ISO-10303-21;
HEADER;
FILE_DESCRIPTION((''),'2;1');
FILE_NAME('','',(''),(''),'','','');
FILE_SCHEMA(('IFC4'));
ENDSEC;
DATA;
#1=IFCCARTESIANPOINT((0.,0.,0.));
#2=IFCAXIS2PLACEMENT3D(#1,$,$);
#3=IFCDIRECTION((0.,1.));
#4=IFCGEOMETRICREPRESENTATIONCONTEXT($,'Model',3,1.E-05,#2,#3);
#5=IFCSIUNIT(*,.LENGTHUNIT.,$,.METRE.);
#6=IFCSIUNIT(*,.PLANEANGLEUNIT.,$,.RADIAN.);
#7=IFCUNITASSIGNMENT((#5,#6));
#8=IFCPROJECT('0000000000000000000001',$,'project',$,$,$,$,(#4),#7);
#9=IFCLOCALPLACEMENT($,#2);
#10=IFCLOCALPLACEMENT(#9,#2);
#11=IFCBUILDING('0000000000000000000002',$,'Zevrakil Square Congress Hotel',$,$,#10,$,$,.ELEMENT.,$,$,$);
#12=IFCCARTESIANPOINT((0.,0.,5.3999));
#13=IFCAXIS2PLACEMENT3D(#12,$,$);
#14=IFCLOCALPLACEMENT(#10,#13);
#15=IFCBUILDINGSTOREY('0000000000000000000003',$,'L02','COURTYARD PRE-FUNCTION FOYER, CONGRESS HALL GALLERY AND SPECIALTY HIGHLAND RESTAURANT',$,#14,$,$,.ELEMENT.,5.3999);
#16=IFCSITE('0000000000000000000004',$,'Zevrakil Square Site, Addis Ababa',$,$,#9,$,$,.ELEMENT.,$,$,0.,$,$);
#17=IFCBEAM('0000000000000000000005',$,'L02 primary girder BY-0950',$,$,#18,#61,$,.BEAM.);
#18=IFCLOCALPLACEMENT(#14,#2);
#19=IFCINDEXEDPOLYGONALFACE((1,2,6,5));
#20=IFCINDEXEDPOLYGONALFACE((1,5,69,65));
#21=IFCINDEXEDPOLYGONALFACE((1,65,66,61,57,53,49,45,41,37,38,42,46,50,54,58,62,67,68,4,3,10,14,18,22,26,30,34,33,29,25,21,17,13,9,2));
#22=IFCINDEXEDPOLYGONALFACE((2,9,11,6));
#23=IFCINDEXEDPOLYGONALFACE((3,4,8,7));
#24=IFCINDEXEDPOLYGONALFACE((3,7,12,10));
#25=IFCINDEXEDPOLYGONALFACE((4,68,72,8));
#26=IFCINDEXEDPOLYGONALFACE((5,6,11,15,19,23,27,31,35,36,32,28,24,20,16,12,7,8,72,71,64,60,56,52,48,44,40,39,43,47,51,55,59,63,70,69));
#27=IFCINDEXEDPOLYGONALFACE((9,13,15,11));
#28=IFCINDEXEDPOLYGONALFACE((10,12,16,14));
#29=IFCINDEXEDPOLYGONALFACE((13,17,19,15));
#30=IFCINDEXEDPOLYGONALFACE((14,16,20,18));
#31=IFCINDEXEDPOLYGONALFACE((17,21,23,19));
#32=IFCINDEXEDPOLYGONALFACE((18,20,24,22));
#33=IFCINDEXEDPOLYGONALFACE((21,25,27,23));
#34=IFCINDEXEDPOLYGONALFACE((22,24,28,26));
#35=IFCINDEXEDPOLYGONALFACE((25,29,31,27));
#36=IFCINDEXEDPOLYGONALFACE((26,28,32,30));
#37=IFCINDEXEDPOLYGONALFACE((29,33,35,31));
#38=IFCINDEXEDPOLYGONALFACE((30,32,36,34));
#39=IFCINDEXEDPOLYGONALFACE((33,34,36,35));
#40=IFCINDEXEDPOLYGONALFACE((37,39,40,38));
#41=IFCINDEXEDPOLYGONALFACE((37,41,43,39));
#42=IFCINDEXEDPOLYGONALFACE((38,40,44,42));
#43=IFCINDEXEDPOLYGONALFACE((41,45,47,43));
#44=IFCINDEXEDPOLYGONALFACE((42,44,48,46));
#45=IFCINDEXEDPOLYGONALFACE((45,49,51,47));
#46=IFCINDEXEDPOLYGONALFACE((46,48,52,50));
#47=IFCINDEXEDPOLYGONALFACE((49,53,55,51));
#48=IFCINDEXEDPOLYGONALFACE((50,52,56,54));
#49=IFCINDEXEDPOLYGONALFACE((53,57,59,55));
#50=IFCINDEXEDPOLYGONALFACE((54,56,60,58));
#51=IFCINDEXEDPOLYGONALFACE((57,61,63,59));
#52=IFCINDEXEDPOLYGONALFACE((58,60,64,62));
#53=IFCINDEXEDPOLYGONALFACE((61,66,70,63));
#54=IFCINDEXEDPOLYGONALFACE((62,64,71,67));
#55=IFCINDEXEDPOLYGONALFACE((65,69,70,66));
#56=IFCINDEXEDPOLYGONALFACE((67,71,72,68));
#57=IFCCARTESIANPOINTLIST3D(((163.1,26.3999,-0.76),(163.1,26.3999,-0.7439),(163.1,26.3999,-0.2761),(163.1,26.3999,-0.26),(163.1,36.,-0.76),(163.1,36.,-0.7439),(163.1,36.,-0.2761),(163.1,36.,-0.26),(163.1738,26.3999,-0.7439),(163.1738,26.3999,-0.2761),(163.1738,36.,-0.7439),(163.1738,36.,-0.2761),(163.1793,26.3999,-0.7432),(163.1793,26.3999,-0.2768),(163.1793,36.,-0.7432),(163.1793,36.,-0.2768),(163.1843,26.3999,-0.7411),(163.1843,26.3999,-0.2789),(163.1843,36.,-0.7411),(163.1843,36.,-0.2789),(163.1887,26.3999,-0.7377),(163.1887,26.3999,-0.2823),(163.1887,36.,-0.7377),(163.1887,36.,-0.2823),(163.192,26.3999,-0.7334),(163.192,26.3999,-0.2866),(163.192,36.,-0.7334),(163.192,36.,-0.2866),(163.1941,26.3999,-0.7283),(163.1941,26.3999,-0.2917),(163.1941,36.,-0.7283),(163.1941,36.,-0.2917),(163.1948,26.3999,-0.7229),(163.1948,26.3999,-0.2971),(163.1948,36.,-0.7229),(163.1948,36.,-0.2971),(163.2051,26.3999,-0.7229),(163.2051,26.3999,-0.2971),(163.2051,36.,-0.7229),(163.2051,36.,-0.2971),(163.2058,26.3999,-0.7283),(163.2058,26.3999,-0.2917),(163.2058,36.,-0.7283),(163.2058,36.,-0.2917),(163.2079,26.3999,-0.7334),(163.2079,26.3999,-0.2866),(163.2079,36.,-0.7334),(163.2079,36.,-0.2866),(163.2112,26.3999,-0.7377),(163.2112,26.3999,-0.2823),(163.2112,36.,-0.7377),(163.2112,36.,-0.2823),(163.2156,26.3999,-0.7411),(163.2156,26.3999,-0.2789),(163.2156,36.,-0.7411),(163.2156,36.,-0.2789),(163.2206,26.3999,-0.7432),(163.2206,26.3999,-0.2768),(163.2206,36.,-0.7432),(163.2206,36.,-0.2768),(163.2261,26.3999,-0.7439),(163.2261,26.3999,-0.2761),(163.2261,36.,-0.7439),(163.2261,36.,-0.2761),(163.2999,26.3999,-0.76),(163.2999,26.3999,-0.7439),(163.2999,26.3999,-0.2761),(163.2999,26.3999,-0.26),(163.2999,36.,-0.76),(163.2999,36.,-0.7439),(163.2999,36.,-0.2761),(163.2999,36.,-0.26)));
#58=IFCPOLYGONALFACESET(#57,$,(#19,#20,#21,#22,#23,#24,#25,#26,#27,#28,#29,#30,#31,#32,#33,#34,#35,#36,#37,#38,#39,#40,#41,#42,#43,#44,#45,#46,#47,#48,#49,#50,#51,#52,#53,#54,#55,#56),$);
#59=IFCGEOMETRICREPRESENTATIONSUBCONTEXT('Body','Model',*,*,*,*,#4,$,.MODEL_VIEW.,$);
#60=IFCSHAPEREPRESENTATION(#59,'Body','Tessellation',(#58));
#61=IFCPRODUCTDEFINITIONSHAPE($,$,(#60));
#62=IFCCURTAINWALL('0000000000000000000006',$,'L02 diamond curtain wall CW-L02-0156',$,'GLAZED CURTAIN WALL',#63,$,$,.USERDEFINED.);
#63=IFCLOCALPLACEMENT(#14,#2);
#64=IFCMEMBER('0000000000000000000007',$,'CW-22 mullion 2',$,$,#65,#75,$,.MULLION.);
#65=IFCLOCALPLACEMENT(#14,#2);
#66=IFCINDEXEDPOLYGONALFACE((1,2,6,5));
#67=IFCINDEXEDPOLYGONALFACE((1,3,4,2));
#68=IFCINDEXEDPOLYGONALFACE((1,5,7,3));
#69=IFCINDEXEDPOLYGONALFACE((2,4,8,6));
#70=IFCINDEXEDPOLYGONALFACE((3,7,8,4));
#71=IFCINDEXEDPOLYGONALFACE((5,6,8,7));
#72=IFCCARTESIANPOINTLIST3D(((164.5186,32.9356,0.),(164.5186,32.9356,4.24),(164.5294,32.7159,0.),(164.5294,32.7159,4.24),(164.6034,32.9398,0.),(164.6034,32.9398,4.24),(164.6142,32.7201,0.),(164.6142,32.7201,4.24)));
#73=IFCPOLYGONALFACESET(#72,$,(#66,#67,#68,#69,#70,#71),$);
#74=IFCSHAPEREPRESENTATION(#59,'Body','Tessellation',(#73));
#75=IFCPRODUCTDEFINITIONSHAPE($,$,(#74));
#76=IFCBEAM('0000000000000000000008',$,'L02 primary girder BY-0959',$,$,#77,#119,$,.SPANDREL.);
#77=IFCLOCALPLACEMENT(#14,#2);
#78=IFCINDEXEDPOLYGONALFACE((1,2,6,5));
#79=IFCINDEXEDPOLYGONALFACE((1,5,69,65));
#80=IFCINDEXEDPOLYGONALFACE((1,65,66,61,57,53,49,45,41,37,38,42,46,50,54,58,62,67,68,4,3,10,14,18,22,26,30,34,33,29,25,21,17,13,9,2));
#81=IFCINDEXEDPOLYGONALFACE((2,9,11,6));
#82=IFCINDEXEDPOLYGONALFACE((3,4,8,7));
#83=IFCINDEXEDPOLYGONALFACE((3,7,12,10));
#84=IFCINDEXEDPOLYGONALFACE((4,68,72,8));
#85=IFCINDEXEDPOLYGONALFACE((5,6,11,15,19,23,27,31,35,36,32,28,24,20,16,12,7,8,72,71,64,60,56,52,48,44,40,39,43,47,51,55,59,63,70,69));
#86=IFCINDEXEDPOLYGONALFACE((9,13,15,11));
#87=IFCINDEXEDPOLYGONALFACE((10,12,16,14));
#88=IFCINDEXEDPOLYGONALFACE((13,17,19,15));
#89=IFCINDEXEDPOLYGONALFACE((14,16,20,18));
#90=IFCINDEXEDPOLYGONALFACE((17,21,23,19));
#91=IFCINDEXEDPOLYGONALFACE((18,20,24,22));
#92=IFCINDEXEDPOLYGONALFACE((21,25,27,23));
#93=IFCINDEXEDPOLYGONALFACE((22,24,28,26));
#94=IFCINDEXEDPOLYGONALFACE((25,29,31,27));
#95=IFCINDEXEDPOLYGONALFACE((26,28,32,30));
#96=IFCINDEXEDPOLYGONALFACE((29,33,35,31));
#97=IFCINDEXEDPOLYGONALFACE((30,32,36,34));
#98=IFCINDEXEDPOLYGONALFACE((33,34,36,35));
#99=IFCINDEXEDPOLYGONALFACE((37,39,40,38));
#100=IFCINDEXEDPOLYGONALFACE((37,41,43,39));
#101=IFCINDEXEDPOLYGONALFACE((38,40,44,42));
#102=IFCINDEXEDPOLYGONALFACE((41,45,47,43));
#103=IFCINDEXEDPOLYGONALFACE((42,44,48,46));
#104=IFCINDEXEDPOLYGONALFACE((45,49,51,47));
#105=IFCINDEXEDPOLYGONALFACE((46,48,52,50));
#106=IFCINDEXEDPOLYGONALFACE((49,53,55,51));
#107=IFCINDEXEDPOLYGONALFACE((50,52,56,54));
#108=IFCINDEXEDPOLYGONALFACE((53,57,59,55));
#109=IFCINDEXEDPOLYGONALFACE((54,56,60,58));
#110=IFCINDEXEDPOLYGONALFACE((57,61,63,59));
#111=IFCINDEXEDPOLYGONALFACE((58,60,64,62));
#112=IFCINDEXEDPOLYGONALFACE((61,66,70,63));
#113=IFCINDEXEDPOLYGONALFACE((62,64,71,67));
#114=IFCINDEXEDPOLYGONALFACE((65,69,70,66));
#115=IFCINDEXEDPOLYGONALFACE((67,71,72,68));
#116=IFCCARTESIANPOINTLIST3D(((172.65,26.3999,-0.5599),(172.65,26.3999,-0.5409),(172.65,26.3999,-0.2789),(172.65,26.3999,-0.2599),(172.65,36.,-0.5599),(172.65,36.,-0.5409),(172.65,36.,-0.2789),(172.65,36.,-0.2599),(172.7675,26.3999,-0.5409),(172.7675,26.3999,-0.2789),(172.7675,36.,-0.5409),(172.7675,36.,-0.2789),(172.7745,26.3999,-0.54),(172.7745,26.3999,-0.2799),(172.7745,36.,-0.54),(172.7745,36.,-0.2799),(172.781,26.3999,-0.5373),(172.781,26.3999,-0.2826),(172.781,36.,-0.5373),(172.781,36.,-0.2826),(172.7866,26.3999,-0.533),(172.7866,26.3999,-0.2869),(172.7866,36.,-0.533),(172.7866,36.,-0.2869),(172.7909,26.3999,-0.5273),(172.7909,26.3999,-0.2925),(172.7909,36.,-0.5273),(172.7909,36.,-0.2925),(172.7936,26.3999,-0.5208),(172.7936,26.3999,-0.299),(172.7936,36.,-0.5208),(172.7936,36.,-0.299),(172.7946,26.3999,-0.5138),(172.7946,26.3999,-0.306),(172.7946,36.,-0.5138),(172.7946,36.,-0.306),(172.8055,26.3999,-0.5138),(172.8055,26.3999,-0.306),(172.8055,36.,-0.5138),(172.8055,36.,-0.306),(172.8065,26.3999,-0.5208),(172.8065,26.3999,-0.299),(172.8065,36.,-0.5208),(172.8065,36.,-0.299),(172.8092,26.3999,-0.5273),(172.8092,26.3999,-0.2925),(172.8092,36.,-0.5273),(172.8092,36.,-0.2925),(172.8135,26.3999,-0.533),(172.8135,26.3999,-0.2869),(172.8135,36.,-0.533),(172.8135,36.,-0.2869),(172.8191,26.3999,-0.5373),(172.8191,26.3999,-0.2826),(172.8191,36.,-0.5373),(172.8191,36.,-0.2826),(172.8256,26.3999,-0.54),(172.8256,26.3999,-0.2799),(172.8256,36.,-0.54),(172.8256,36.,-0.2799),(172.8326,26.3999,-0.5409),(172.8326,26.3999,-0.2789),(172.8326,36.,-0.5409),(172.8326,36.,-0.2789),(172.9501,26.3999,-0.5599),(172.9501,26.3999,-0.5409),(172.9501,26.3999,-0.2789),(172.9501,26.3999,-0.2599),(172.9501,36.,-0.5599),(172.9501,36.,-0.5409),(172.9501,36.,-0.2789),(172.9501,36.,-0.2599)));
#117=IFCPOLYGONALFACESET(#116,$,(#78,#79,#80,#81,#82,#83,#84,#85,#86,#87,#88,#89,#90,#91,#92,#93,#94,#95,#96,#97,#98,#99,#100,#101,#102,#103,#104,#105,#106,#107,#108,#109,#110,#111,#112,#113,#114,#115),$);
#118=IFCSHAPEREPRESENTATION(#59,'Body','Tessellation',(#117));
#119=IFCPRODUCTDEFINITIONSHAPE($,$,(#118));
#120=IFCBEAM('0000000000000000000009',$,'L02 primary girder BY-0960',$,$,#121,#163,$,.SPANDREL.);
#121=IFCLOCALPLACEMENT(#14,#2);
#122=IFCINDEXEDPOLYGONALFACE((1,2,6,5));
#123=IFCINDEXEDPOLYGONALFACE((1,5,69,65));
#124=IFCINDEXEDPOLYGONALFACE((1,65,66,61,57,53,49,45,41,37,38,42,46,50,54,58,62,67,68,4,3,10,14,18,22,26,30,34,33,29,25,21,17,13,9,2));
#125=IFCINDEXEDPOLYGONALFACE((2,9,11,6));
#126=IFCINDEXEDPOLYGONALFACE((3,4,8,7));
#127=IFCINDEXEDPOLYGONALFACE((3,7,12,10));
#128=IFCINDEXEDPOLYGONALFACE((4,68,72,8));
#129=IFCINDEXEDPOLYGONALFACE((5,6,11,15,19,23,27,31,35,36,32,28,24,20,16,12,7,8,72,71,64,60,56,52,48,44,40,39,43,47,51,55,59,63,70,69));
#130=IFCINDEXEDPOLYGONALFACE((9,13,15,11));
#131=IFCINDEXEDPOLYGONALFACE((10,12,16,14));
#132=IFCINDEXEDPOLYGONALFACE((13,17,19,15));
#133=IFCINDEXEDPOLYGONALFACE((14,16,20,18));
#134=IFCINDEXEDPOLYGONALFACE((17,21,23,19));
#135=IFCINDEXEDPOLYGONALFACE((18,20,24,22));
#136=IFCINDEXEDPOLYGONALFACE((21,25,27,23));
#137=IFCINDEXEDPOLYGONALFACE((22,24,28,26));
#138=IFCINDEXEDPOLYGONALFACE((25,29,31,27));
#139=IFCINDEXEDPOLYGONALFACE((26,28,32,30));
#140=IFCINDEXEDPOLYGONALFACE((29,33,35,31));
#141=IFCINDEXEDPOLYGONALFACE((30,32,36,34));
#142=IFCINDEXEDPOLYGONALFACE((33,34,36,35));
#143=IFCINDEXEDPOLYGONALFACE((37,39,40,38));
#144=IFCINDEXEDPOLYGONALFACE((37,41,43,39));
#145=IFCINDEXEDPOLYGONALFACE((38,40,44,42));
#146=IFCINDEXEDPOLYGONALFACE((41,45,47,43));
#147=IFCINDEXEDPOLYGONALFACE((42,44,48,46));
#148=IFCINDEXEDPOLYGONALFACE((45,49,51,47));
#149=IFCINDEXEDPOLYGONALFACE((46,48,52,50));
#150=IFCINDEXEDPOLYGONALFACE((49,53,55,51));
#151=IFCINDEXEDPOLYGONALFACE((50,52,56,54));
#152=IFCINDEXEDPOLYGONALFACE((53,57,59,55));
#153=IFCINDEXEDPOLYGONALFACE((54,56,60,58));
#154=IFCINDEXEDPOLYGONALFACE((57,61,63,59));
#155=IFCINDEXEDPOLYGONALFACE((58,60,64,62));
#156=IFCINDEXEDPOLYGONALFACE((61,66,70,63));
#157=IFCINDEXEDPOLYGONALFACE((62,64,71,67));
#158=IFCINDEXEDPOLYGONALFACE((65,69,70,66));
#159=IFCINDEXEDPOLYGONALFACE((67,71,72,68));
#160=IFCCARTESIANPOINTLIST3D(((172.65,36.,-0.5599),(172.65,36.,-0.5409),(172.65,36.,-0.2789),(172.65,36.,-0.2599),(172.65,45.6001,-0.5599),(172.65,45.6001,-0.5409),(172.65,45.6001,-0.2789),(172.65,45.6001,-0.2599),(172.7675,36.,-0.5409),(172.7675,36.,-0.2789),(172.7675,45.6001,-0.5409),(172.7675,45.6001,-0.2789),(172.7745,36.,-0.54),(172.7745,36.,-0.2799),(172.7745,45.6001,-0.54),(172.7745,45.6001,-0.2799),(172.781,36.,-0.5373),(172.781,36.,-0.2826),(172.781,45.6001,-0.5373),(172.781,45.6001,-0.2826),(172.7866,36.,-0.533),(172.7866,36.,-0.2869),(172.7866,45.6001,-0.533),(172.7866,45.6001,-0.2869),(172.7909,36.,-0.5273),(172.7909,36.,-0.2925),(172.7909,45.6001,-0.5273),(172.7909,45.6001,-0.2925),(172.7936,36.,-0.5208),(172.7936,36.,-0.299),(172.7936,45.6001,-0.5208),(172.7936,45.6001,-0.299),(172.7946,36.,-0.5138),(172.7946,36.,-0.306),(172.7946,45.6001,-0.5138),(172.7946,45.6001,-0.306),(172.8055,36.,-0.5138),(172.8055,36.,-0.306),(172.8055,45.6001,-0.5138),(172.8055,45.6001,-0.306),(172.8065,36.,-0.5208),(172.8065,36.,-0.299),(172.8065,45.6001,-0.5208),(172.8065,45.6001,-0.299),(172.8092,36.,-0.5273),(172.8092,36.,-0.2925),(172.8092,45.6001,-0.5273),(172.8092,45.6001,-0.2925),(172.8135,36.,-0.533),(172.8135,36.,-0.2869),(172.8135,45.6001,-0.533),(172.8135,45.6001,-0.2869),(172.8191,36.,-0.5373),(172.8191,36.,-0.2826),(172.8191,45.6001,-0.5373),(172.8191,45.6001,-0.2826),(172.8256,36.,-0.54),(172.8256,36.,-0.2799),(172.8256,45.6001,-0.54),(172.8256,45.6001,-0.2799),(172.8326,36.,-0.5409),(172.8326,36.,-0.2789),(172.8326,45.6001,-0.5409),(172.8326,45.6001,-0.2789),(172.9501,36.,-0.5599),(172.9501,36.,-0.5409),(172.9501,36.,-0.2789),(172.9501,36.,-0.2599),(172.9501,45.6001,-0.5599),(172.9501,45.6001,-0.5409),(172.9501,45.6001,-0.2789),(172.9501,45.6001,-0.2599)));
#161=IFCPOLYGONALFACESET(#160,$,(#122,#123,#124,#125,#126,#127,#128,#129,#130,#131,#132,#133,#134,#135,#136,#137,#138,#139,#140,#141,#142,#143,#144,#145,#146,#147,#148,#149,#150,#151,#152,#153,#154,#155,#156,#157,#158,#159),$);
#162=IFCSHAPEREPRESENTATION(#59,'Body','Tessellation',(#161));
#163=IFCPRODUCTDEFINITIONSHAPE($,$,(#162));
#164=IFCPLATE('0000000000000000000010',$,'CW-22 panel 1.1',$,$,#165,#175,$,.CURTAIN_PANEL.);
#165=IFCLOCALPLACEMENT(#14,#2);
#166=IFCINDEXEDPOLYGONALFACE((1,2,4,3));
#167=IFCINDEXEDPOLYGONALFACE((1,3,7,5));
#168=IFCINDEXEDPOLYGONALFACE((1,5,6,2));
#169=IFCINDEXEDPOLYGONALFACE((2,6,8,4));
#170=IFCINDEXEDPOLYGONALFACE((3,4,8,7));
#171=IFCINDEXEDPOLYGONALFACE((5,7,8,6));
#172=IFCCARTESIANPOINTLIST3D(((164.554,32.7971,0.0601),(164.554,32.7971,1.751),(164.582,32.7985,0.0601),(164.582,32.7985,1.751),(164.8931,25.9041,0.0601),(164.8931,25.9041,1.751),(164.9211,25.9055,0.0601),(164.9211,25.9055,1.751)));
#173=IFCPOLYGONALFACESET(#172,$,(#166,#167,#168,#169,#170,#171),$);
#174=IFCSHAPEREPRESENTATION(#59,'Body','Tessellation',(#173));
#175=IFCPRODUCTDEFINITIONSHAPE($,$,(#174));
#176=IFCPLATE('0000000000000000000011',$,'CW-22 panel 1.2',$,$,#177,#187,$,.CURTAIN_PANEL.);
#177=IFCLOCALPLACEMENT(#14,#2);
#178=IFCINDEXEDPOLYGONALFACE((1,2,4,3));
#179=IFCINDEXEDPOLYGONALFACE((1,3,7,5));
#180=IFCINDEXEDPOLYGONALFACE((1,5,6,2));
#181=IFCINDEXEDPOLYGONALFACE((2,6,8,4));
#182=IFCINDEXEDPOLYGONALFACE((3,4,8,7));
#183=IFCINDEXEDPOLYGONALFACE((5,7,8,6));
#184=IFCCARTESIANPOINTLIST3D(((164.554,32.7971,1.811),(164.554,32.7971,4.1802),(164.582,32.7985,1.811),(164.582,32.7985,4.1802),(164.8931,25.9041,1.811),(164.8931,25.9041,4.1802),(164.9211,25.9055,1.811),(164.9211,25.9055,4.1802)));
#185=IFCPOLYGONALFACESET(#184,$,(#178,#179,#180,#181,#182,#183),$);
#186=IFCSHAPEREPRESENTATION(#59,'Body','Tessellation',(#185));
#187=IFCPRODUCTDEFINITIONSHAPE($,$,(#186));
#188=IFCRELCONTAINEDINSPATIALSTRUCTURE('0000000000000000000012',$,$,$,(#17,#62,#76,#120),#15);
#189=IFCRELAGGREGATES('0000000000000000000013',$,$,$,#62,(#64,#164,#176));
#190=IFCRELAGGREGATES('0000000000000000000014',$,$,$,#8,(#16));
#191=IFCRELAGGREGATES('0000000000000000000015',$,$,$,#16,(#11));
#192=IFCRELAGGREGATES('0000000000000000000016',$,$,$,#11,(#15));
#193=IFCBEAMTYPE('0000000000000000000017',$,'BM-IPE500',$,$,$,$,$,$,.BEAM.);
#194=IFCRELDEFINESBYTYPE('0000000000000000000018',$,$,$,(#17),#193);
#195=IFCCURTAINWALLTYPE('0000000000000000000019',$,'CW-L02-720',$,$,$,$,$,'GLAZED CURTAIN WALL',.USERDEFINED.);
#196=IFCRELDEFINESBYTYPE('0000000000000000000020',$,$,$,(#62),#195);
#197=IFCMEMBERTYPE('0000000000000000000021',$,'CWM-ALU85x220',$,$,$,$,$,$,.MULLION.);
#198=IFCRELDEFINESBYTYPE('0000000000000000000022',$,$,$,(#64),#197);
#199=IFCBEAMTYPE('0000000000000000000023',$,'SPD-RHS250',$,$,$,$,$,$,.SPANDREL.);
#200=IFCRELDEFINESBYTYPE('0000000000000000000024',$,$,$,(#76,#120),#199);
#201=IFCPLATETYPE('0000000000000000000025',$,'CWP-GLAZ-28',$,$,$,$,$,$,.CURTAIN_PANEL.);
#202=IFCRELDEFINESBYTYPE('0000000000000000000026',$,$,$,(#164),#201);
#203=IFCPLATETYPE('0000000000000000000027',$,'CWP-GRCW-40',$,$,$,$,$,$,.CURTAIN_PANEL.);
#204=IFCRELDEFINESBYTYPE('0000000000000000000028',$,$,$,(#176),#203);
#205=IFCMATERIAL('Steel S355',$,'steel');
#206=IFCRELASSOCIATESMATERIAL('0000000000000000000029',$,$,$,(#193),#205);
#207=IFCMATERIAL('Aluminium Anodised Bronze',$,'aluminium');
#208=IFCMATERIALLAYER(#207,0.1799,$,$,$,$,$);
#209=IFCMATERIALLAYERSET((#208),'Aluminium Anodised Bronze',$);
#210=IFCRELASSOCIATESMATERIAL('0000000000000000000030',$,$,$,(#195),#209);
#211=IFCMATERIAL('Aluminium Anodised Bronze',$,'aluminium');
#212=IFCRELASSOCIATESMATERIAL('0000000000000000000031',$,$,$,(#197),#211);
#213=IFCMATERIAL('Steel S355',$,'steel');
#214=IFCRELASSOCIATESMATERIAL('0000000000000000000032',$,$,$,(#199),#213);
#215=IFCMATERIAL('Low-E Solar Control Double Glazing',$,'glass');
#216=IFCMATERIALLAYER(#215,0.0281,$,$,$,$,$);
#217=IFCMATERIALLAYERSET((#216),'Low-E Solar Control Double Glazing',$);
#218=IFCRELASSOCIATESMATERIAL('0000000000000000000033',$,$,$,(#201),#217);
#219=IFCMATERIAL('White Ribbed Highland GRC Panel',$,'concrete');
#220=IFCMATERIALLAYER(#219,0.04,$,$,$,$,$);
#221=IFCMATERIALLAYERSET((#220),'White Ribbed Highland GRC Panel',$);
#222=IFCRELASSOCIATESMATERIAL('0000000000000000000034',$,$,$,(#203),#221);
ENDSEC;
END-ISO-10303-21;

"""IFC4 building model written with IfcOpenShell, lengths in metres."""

from ifc_helpers import new_model, si_unit, direction, frame, origin, origin_2d, place, context, subcontext, project, spatial, rectangle, i_section, extrude, material, layer, layer_set, material_profile, profile_set, type_object, element, aggregate, save


model = new_model("IFC4")

# Units and contexts
model_context = context("Model", 3, precision=1e-05, world=origin(), true_north=direction((0.0, 1.0)))
body_context = subcontext(model_context, "Body", "Model", "MODEL_VIEW")
ifc_project = project(units=[si_unit("LENGTHUNIT", "METRE"), si_unit("PLANEANGLEUNIT", "RADIAN")], contexts=[model_context])

# Site, building, storey
site_placement = place(None, origin())
site = spatial("IfcSite", under=ifc_project, at=site_placement, Name="Zevrakil Square Site, Addis Ababa", CompositionType="ELEMENT", RefElevation=0.0)
building_placement = place(site_placement, origin())
building = spatial("IfcBuilding", under=site, at=building_placement, Name="Zevrakil Square Congress Hotel", CompositionType="ELEMENT")
storey_placement = place(building_placement, frame((0.0, 0.0, 5.3999)))
storey = spatial("IfcBuildingStorey", under=building, at=storey_placement, Name="L02", Description="COURTYARD PRE-FUNCTION FOYER, CONGRESS HALL GALLERY AND SPECIALTY HIGHLAND RESTAURANT", CompositionType="ELEMENT", Elevation=5.3999)

# Beam
ifc_material_1 = material(Name="Steel S355", Category="steel")
ifc_material_profile_1 = material_profile(ifc_material_1, i_section(OverallWidth=0.2, OverallDepth=0.5, WebThickness=0.0103, FlangeThickness=0.0161, FilletRadius=0.021, at=origin_2d()), Name="IPE 500")
ifc_profile_set_1 = profile_set([ifc_material_profile_1], Name="Steel S355")
beam_type_1 = type_object("IfcBeamType", Name="BM-IPE500", PredefinedType="BEAM", material=ifc_profile_set_1)
for number, where, z_axis, x_axis, name in (
    (1, (163.2, 26.3999, -0.51), (0.0, 1.0, 0.0), (-1.0, 0.0, 0.0), "L02 primary girder BY-0950"),
):
    element("IfcBeam", number, at=place(storey_placement, frame(where, z_axis=z_axis, x_axis=x_axis)), inside=storey, type_object=beam_type_1, Name=name, PredefinedType="BEAM", context=body_context, shape_type="SweptSolid", body=[
        extrude(i_section(OverallWidth=0.2, OverallDepth=0.5, WebThickness=0.0103, FlangeThickness=0.0161, FilletRadius=0.021, at=origin_2d()), origin(), (0.0, 0.0, 1.0), 9.6001),
    ])

# Curtain wall, member
ifc_material_2 = material(Name="Aluminium Anodised Bronze", Category="aluminium")
ifc_layer_1 = layer(ifc_material_2, 0.1799)
ifc_layer_set_1 = layer_set([ifc_layer_1], Name="Aluminium Anodised Bronze")
curtain_wall_type = type_object("IfcCurtainWallType", Name="CW-L02-720", ElementType="GLAZED CURTAIN WALL", PredefinedType="USERDEFINED", material=ifc_layer_set_1)
curtain_wall_placement = place(storey_placement, origin())
curtain_wall = element("IfcCurtainWall", 2, at=curtain_wall_placement, inside=storey, type_object=curtain_wall_type, Name="L02 diamond curtain wall CW-L02-0156", ObjectType="GLAZED CURTAIN WALL", PredefinedType="USERDEFINED")
ifc_material_3 = material(Name="Aluminium Anodised Bronze", Category="aluminium")
ifc_material_profile_2 = material_profile(ifc_material_3, rectangle(XDim=0.085, YDim=0.22, at=origin_2d()), Name="ALU 85x220")
ifc_profile_set_2 = profile_set([ifc_material_profile_2], Name="Aluminium Anodised Bronze")
member_type = type_object("IfcMemberType", Name="CWM-ALU85x220", PredefinedType="MULLION", material=ifc_profile_set_2)
member_placement = place(storey_placement, frame((164.5664, 32.8279, 0.0), z_axis=(0.0, 0.0, 1.0), x_axis=(-0.998792, -0.049136, 0.0)))
member = element("IfcMember", 3, at=member_placement, type_object=member_type, Name="CW-22 mullion 2", PredefinedType="MULLION", context=body_context, shape_type="SweptSolid", body=[
    extrude(rectangle(XDim=0.085, YDim=0.22, at=origin_2d()), origin(), (0.0, 0.0, 1.0), 4.24),
])

# Beams
ifc_material_4 = material(Name="Steel S355", Category="steel")
ifc_material_profile_3 = material_profile(ifc_material_4, i_section(OverallWidth=0.3, OverallDepth=0.3, WebThickness=0.011, FlangeThickness=0.019, FilletRadius=0.0271, at=origin_2d()), Name="HEB 300")
ifc_profile_set_3 = profile_set([ifc_material_profile_3], Name="Steel S355")
beam_type_2 = type_object("IfcBeamType", Name="SPD-RHS250", PredefinedType="SPANDREL", material=ifc_profile_set_3)
for number, where, z_axis, x_axis, name in (
    (4, (172.8, 26.3999, -0.4099), (0.0, 1.0, 0.0), (-1.0, 0.0, 0.0), "L02 primary girder BY-0959"),
    (5, (172.8, 36.0, -0.4099), (0.0, 1.0, 0.0), (-1.0, 0.0, 0.0), "L02 primary girder BY-0960"),
):
    element("IfcBeam", number, at=place(storey_placement, frame(where, z_axis=z_axis, x_axis=x_axis)), inside=storey, type_object=beam_type_2, Name=name, PredefinedType="SPANDREL", context=body_context, shape_type="SweptSolid", body=[
        extrude(i_section(OverallWidth=0.3, OverallDepth=0.3, WebThickness=0.011, FlangeThickness=0.019, FilletRadius=0.0271, at=origin_2d()), origin(), (0.0, 0.0, 1.0), 9.6001),
    ])

# Plates
ifc_material_5 = material(Name="Low-E Solar Control Double Glazing", Category="glass")
ifc_layer_2 = layer(ifc_material_5, 0.0281)
ifc_layer_set_2 = layer_set([ifc_layer_2], Name="Low-E Solar Control Double Glazing")
plate_type_1 = type_object("IfcPlateType", Name="CWP-GLAZ-28", PredefinedType="CURTAIN_PANEL", material=ifc_layer_set_2)
plate_1_placement = place(storey_placement, frame((164.7375, 29.3513, 0.0601), z_axis=(0.0, 0.0, 1.0), x_axis=(-0.049136, 0.998792, 0.0)))
plate_1 = element("IfcPlate", 6, at=plate_1_placement, type_object=plate_type_1, Name="CW-22 panel 1.1", PredefinedType="CURTAIN_PANEL", context=body_context, shape_type="SweptSolid", body=[
    extrude(rectangle(XDim=6.9014, YDim=0.0281, at=origin_2d()), origin(), (0.0, 0.0, 1.0), 1.6909),
])
ifc_material_6 = material(Name="White Ribbed Highland GRC Panel", Category="concrete")
ifc_layer_3 = layer(ifc_material_6, 0.04)
ifc_layer_set_3 = layer_set([ifc_layer_3], Name="White Ribbed Highland GRC Panel")
plate_type_2 = type_object("IfcPlateType", Name="CWP-GRCW-40", PredefinedType="CURTAIN_PANEL", material=ifc_layer_set_3)
plate_2_placement = place(storey_placement, frame((164.7375, 29.3513, 1.811), z_axis=(0.0, 0.0, 1.0), x_axis=(-0.049136, 0.998792, 0.0)))
plate_2 = element("IfcPlate", 7, at=plate_2_placement, type_object=plate_type_2, Name="CW-22 panel 1.2", PredefinedType="CURTAIN_PANEL", context=body_context, shape_type="SweptSolid", body=[
    extrude(rectangle(XDim=6.9014, YDim=0.0281, at=origin_2d()), origin(), (0.0, 0.0, 1.0), 2.3691),
])
aggregate(curtain_wall, [member, plate_1, plate_2])

save(model, "model.ifc")
